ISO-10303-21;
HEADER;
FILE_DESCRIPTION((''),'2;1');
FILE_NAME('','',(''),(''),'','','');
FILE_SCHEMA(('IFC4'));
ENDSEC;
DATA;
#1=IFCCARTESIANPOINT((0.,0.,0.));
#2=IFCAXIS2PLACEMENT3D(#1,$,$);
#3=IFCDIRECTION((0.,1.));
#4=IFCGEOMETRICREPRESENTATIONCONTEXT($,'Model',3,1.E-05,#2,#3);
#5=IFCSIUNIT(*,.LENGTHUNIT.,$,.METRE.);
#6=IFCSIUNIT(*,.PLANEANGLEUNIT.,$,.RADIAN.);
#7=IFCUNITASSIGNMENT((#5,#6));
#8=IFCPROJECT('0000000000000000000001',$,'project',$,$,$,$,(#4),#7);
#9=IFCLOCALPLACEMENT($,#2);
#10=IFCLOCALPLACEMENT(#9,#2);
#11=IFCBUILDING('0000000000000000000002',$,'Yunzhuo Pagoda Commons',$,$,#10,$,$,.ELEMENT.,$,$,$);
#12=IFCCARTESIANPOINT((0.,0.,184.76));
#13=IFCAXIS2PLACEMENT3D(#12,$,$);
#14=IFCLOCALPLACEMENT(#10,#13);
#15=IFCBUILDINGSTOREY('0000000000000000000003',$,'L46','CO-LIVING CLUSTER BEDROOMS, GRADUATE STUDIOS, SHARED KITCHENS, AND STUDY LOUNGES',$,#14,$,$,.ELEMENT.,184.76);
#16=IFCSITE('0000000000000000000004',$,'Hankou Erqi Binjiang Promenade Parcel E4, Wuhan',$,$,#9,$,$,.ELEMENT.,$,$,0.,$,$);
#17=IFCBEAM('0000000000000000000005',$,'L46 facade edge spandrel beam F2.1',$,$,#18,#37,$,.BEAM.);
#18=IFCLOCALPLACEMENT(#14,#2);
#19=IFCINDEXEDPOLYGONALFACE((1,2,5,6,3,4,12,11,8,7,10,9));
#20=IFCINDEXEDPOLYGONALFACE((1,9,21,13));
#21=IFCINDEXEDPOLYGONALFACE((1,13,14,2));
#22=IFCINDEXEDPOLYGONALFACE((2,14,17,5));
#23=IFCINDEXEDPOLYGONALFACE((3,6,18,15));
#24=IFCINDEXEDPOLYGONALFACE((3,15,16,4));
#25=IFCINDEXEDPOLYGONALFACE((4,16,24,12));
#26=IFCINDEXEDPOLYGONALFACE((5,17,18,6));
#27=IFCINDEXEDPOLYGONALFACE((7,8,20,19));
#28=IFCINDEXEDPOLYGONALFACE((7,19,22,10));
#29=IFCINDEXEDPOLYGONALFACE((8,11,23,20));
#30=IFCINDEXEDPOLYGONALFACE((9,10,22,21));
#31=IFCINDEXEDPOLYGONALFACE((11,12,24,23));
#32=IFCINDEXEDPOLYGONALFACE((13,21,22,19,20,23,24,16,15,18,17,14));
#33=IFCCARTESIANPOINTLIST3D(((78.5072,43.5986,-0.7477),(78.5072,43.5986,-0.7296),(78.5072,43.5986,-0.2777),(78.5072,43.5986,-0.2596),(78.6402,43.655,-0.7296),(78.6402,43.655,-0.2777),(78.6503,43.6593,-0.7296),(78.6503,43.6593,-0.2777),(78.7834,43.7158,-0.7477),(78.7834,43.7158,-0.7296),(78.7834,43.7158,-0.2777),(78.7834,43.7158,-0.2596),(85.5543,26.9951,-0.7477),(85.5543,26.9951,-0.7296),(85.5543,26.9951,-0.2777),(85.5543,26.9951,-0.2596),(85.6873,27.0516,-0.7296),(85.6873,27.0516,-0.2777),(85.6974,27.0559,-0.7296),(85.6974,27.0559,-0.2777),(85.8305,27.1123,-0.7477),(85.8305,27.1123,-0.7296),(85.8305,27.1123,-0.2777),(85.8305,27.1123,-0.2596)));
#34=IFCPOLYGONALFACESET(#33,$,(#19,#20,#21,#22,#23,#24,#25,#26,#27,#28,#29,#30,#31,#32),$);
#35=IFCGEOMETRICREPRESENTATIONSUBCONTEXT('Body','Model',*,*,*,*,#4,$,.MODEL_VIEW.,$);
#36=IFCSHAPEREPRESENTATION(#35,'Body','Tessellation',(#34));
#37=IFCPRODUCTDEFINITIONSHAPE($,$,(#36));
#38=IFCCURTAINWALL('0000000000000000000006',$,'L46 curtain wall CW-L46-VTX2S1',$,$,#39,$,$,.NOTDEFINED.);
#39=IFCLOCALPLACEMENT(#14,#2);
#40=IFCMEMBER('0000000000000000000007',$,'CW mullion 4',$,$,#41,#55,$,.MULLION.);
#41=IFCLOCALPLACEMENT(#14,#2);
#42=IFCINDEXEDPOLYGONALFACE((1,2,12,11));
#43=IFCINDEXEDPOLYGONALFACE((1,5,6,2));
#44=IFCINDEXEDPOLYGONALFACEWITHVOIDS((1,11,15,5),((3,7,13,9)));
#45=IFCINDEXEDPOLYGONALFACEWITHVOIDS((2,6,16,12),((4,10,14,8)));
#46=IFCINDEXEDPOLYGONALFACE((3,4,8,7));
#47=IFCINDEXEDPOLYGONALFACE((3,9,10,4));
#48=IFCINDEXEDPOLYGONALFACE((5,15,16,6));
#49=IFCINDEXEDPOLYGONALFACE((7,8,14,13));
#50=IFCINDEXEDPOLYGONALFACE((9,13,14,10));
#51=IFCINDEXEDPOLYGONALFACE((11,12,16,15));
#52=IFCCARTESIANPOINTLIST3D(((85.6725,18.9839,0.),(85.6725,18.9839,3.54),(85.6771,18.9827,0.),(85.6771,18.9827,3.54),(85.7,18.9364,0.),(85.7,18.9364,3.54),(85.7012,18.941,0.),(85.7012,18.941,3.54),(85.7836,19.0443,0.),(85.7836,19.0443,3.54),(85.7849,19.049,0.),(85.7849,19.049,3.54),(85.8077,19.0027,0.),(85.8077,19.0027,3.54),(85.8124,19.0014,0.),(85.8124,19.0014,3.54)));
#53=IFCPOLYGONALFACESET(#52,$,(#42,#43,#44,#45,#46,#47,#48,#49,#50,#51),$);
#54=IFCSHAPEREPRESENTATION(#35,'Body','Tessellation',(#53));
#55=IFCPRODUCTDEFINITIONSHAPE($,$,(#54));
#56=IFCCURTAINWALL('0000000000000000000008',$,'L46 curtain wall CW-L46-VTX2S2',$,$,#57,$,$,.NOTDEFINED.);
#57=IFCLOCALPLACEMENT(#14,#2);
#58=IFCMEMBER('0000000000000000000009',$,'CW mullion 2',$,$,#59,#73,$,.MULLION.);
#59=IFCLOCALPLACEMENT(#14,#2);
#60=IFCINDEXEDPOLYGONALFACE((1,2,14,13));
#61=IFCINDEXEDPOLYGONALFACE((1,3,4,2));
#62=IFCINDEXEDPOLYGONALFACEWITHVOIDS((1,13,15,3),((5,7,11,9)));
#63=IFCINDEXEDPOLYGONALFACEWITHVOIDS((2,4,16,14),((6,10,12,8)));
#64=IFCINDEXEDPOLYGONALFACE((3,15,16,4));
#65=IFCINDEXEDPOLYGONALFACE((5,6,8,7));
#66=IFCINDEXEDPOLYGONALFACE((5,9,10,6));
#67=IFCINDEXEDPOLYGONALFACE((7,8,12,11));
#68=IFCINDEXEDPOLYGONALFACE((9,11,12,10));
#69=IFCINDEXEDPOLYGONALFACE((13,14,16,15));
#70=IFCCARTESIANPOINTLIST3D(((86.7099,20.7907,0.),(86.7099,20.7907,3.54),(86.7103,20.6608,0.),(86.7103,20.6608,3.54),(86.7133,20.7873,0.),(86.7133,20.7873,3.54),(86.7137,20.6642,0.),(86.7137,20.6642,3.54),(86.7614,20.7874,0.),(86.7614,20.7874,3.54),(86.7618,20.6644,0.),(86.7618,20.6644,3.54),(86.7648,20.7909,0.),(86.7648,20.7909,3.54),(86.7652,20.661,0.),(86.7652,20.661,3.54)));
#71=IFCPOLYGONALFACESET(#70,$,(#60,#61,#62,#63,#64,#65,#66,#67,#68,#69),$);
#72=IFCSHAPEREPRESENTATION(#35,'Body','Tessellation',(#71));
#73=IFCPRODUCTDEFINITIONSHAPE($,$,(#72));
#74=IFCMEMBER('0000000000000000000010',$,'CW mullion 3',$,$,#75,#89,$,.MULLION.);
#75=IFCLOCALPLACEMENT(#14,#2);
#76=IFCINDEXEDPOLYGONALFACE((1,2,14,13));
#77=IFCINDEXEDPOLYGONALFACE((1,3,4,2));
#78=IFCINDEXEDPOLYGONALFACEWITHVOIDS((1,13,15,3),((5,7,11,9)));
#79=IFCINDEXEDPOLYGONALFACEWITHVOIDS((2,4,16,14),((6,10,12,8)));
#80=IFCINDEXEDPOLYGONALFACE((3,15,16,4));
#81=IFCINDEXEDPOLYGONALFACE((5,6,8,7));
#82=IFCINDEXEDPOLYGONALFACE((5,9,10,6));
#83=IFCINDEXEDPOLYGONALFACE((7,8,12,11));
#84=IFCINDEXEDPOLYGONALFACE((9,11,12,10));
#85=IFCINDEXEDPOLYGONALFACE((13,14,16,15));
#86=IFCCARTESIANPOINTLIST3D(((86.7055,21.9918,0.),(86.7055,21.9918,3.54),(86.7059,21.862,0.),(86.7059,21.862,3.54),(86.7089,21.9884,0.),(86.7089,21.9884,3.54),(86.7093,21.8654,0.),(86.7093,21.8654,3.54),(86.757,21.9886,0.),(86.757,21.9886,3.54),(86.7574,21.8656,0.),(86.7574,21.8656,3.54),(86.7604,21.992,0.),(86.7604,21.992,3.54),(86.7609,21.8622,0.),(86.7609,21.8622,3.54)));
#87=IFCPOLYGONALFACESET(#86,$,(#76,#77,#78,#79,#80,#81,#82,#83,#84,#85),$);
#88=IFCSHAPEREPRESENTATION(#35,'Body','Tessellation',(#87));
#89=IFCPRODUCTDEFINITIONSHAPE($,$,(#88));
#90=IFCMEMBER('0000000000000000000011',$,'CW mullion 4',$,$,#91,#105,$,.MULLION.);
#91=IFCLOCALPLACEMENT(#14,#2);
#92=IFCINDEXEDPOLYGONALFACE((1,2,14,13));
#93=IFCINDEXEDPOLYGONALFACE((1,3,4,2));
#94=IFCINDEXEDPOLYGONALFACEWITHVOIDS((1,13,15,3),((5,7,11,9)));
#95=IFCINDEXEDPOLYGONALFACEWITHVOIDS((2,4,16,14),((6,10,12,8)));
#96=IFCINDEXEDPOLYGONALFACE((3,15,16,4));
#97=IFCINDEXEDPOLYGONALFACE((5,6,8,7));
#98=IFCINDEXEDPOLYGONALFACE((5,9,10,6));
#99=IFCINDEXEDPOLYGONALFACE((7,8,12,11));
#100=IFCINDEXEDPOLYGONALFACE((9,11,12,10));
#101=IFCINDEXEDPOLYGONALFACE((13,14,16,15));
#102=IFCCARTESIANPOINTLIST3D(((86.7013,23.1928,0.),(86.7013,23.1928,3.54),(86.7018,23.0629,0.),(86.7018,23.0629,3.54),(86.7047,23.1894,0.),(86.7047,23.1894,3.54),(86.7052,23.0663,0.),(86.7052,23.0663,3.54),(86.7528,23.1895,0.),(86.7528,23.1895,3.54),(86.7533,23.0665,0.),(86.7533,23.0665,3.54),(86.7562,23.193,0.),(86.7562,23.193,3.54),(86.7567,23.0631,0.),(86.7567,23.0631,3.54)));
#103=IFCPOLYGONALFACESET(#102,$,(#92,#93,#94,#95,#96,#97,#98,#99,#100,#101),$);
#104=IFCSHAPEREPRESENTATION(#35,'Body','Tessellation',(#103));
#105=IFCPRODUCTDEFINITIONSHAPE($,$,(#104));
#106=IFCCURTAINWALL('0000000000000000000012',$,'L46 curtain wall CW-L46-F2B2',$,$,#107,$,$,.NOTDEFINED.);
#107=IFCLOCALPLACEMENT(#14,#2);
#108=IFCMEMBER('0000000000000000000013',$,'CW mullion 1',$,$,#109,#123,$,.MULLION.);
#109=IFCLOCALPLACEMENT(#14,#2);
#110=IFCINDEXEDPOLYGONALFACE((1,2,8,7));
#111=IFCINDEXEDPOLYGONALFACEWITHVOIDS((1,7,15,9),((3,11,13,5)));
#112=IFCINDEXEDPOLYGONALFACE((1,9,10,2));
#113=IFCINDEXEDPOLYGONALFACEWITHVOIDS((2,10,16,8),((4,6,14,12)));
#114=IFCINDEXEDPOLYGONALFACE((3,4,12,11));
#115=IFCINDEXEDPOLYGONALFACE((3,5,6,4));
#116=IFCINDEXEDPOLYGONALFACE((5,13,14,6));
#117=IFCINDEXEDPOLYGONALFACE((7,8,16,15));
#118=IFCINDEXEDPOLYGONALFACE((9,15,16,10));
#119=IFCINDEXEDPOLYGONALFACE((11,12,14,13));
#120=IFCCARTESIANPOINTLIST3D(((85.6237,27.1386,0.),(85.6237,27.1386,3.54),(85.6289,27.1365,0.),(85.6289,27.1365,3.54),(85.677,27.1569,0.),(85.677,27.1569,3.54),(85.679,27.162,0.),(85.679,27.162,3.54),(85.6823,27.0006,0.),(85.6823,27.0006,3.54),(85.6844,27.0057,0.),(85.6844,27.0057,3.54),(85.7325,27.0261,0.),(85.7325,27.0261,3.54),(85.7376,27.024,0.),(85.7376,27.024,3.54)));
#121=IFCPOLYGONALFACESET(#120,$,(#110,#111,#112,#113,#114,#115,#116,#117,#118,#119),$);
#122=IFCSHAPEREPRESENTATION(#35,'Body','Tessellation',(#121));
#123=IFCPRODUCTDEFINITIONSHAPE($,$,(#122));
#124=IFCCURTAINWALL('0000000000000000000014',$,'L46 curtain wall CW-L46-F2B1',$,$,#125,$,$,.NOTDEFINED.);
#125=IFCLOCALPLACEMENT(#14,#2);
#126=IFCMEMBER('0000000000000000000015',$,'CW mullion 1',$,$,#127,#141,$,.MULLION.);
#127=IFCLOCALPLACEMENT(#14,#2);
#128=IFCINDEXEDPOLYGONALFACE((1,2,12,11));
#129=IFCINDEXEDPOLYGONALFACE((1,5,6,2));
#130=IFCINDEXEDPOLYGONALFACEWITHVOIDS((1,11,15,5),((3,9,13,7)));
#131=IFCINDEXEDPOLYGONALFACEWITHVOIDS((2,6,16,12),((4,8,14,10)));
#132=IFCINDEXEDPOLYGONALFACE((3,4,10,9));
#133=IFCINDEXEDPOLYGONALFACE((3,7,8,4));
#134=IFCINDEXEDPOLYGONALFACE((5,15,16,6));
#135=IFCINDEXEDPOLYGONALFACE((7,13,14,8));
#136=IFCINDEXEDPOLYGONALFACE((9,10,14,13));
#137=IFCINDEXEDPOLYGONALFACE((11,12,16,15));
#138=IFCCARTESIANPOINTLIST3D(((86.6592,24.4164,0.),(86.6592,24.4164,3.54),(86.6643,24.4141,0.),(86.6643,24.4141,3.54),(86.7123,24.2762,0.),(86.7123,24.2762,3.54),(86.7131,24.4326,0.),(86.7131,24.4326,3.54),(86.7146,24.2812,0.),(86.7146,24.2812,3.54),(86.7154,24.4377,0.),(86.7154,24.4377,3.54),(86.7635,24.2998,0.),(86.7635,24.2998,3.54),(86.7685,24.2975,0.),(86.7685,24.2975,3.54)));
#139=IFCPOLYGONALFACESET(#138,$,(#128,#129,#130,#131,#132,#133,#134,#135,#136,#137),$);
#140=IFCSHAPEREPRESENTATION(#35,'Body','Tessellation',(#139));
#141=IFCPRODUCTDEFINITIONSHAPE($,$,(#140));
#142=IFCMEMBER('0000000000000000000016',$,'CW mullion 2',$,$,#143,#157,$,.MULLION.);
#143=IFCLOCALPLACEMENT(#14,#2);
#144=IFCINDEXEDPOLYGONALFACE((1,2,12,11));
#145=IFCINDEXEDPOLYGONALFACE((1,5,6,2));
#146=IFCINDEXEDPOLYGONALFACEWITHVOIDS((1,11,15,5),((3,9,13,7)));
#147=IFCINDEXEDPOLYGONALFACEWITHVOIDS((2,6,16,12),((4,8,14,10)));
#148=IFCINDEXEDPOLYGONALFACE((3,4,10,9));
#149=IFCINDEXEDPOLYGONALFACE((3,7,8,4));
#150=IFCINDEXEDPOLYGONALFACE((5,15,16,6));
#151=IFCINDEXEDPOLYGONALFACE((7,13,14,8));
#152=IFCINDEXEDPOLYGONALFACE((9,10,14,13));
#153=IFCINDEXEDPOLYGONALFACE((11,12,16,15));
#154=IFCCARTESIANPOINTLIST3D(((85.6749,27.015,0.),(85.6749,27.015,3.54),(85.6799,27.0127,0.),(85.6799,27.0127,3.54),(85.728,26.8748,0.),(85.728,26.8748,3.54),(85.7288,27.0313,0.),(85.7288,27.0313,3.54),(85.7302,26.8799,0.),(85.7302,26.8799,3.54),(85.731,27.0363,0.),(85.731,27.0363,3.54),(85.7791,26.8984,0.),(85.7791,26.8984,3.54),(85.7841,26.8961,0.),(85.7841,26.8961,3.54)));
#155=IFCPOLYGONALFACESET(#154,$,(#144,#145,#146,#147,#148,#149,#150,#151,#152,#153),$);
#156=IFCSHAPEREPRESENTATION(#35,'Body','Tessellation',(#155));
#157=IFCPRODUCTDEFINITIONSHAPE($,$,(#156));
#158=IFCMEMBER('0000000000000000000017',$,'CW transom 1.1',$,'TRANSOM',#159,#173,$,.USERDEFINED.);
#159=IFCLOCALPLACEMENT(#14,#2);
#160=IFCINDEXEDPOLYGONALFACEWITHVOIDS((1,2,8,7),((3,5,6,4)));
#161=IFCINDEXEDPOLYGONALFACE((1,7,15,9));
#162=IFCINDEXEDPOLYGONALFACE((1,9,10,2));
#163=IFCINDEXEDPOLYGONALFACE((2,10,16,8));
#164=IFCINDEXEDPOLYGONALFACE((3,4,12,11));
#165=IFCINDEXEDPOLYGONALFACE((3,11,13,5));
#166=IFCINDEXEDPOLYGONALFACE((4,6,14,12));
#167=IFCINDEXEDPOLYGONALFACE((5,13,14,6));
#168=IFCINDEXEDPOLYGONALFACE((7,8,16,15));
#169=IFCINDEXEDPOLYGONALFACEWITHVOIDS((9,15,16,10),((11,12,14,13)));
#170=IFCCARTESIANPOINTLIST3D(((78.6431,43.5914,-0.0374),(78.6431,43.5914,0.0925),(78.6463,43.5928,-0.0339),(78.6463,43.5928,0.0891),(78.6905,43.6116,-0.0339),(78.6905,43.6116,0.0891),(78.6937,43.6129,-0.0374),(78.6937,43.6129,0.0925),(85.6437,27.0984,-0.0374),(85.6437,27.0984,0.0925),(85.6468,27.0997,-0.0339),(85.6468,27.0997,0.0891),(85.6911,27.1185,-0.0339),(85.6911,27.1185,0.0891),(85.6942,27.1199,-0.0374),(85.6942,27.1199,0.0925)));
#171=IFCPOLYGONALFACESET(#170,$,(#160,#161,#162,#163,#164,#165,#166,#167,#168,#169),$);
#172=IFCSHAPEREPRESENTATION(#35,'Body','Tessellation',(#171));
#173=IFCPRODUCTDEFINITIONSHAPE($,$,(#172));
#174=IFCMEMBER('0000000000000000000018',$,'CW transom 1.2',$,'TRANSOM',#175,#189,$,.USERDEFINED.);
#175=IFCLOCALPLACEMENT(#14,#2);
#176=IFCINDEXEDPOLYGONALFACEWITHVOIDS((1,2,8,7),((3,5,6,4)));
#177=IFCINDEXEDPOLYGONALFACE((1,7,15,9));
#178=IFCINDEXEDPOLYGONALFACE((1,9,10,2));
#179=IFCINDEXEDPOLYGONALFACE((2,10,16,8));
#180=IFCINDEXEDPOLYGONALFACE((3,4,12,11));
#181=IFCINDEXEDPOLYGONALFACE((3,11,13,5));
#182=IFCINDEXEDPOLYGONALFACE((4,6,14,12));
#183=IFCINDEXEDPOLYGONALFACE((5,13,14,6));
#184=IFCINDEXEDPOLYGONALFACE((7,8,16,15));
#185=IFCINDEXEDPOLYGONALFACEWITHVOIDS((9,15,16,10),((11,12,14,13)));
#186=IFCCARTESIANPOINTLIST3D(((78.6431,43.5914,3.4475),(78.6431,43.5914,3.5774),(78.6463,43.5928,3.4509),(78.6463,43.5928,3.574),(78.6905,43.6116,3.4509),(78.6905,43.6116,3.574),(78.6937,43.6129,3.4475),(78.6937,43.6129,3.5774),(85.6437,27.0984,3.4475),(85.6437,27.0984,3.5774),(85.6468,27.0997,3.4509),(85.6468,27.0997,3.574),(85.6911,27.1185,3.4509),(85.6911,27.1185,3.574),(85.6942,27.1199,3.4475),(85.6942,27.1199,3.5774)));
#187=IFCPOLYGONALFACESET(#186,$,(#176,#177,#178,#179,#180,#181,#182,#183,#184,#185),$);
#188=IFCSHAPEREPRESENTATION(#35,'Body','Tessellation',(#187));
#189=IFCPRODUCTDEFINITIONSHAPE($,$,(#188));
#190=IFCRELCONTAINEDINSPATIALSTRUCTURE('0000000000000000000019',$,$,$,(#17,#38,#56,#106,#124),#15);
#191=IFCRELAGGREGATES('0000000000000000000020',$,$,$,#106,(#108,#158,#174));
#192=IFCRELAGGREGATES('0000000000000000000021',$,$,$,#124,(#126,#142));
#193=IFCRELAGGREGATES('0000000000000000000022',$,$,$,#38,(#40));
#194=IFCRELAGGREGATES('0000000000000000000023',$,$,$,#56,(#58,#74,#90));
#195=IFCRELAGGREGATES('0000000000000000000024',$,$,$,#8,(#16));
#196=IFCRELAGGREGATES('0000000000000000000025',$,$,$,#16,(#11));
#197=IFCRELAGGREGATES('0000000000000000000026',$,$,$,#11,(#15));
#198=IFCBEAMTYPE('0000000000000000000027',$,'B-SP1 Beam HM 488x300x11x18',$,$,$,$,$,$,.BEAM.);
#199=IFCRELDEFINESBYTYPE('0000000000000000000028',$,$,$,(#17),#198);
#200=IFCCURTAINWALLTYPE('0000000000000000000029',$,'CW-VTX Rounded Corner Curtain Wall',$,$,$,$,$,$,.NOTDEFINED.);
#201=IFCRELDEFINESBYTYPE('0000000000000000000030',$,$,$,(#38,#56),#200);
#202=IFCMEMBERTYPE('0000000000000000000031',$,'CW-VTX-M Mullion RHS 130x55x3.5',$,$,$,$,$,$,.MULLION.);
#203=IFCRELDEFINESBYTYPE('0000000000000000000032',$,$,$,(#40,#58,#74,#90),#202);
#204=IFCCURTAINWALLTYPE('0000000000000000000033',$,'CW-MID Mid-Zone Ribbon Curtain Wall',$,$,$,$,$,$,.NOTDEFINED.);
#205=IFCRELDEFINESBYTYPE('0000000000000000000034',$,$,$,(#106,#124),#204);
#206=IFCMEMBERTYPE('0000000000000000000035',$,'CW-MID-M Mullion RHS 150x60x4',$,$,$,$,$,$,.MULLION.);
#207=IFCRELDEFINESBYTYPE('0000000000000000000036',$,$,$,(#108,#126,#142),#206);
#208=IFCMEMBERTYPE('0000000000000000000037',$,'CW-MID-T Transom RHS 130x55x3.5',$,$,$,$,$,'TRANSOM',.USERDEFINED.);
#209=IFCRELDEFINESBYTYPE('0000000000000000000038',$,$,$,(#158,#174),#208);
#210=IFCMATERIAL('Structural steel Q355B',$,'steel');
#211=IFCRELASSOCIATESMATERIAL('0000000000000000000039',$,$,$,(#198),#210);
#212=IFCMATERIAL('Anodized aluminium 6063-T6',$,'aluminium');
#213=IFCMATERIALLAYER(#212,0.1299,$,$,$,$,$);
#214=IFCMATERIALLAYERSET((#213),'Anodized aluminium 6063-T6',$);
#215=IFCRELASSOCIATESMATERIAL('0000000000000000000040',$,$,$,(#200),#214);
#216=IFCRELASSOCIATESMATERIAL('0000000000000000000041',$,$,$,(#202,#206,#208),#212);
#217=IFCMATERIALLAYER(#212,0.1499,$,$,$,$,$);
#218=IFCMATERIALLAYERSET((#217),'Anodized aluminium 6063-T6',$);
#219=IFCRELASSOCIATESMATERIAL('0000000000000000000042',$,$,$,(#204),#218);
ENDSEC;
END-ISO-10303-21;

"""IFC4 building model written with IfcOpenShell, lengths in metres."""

from ifc_helpers import new_model, si_unit, direction, frame, origin, origin_2d, place, context, subcontext, project, spatial, hollow_rectangle, i_section, extrude, source, transform, mapped, material, layer, layer_set, material_profile, profile_set, type_object, element, aggregate, save


model = new_model("IFC4")

# Units and contexts
model_context = context("Model", 3, precision=1e-05, world=origin(), true_north=direction((0.0, 1.0)))
body_context = subcontext(model_context, "Body", "Model", "MODEL_VIEW")
ifc_project = project(units=[si_unit("LENGTHUNIT", "METRE"), si_unit("PLANEANGLEUNIT", "RADIAN")], contexts=[model_context])

# Site, building, storey
site_placement = place(None, origin())
site = spatial("IfcSite", under=ifc_project, at=site_placement, Name="Hankou Erqi Binjiang Promenade Parcel E4, Wuhan", CompositionType="ELEMENT", RefElevation=0.0)
building_placement = place(site_placement, origin())
building = spatial("IfcBuilding", under=site, at=building_placement, Name="Yunzhuo Pagoda Commons", CompositionType="ELEMENT")
storey_placement = place(building_placement, frame((0.0, 0.0, 184.76)))
storey = spatial("IfcBuildingStorey", under=building, at=storey_placement, Name="L46", Description="CO-LIVING CLUSTER BEDROOMS, GRADUATE STUDIOS, SHARED KITCHENS, AND STUDY LOUNGES", CompositionType="ELEMENT", Elevation=184.76)

# Beam
ifc_material_1 = material(Name="Structural steel Q355B", Category="steel")
ifc_material_profile_1 = material_profile(ifc_material_1, i_section(OverallWidth=0.3, OverallDepth=0.488, WebThickness=0.011, FlangeThickness=0.0181, at=origin_2d()), Name="Structural steel Q355B")
ifc_profile_set_1 = profile_set([ifc_material_profile_1], Name="Structural steel Q355B")
beam_type = type_object("IfcBeamType", Name="B-SP1 Beam HM 488x300x11x18", PredefinedType="BEAM", material=ifc_profile_set_1)
shared_shape_1 = source(origin(), body_context, "Body", "SweptSolid", [
    extrude(i_section(OverallWidth=0.3, OverallDepth=0.488, WebThickness=0.011, FlangeThickness=0.0181, at=origin_2d()), origin(), (0.0, 0.0, 1.0), 18.0371),
])
beam_placement = place(storey_placement, frame((85.6924, 27.0537, -0.5037), z_axis=(-0.3907, 0.920518, 0.0), x_axis=(-0.920518, -0.3907, 0.0)))
element("IfcBeam", 1, at=beam_placement, inside=storey, type_object=beam_type, Name="L46 facade edge spandrel beam F2.1", PredefinedType="BEAM", context=body_context, shape_type="MappedRepresentation", body=[
    mapped(shared_shape_1, transform((0.0, 0.0, 0.0), scale=1.0)),
])

# Curtain wall, member
ifc_material_2 = material(Name="Anodized aluminium 6063-T6", Category="aluminium")
ifc_layer_1 = layer(ifc_material_2, 0.1299)
ifc_layer_set_1 = layer_set([ifc_layer_1], Name="Anodized aluminium 6063-T6")
curtain_wall_type_1 = type_object("IfcCurtainWallType", Name="CW-VTX Rounded Corner Curtain Wall", PredefinedType="NOTDEFINED", material=ifc_layer_set_1)
curtain_wall_1_placement = place(storey_placement, origin())
curtain_wall_1 = element("IfcCurtainWall", 2, at=curtain_wall_1_placement, inside=storey, type_object=curtain_wall_type_1, Name="L46 curtain wall CW-L46-VTX2S1", PredefinedType="NOTDEFINED")
ifc_material_profile_2 = material_profile(ifc_material_2, hollow_rectangle(XDim=0.0549, YDim=0.1299, WallThickness=0.0034, at=origin_2d()), Name="Anodized aluminium 6063-T6")
ifc_profile_set_2 = profile_set([ifc_material_profile_2], Name="Anodized aluminium 6063-T6")
member_type_1 = type_object("IfcMemberType", Name="CW-VTX-M Mullion RHS 130x55x3.5", PredefinedType="MULLION", material=ifc_profile_set_2)
shared_shape_2 = source(origin(), body_context, "Body", "SweptSolid", [
    extrude(hollow_rectangle(XDim=0.0549, YDim=0.1299, WallThickness=0.0034, at=origin_2d()), origin(), (0.0, 0.0, 1.0), 3.54),
])
member_1_placement = place(storey_placement, frame((85.7424, 18.9927, 0.0), z_axis=(0.0, 0.0, 1.0), x_axis=(-0.50104, 0.865424, 0.0)))
member_1 = element("IfcMember", 3, at=member_1_placement, type_object=member_type_1, Name="CW mullion 4", PredefinedType="MULLION", context=body_context, shape_type="MappedRepresentation", body=[
    mapped(shared_shape_2, transform((0.0, 0.0, 0.0), scale=1.0)),
])

# Curtain wall, members
curtain_wall_2_placement = place(storey_placement, origin())
curtain_wall_2 = element("IfcCurtainWall", 4, at=curtain_wall_2_placement, inside=storey, type_object=curtain_wall_type_1, Name="L46 curtain wall CW-L46-VTX2S2", PredefinedType="NOTDEFINED")
member_2_placement = place(storey_placement, frame((86.7375, 20.7258, 0.0), z_axis=(0.0, 0.0, 1.0), x_axis=(-0.999994, -0.00358, 0.0)))
member_2 = element("IfcMember", 5, at=member_2_placement, type_object=member_type_1, Name="CW mullion 2", PredefinedType="MULLION", context=body_context, shape_type="MappedRepresentation", body=[
    mapped(shared_shape_2, transform((0.0, 0.0, 0.0), scale=1.0)),
])
member_3_placement = place(storey_placement, frame((86.7332, 21.927, 0.0), z_axis=(0.0, 0.0, 1.0), x_axis=(-0.999994, -0.00358, 0.0)))
member_3 = element("IfcMember", 6, at=member_3_placement, type_object=member_type_1, Name="CW mullion 3", PredefinedType="MULLION", context=body_context, shape_type="MappedRepresentation", body=[
    mapped(shared_shape_2, transform((0.0, 0.0, 0.0), scale=1.0)),
])
member_4_placement = place(storey_placement, frame((86.729, 23.1279, 0.0), z_axis=(0.0, 0.0, 1.0), x_axis=(-0.999994, -0.00358, 0.0)))
member_4 = element("IfcMember", 7, at=member_4_placement, type_object=member_type_1, Name="CW mullion 4", PredefinedType="MULLION", context=body_context, shape_type="MappedRepresentation", body=[
    mapped(shared_shape_2, transform((0.0, 0.0, 0.0), scale=1.0)),
])

# Curtain wall, member
ifc_layer_2 = layer(ifc_material_2, 0.1499)
ifc_layer_set_2 = layer_set([ifc_layer_2], Name="Anodized aluminium 6063-T6")
curtain_wall_type_2 = type_object("IfcCurtainWallType", Name="CW-MID Mid-Zone Ribbon Curtain Wall", PredefinedType="NOTDEFINED", material=ifc_layer_set_2)
curtain_wall_3_placement = place(storey_placement, origin())
curtain_wall_3 = element("IfcCurtainWall", 8, at=curtain_wall_3_placement, inside=storey, type_object=curtain_wall_type_2, Name="L46 curtain wall CW-L46-F2B2", PredefinedType="NOTDEFINED")
ifc_material_profile_3 = material_profile(ifc_material_2, hollow_rectangle(XDim=0.0601, YDim=0.1499, WallThickness=0.0039, at=origin_2d()), Name="Anodized aluminium 6063-T6")
ifc_profile_set_3 = profile_set([ifc_material_profile_3], Name="Anodized aluminium 6063-T6")
member_type_2 = type_object("IfcMemberType", Name="CW-MID-M Mullion RHS 150x60x4", PredefinedType="MULLION", material=ifc_profile_set_3)
shared_shape_3 = source(origin(), body_context, "Body", "SweptSolid", [
    extrude(hollow_rectangle(XDim=0.0601, YDim=0.1499, WallThickness=0.0039, at=origin_2d()), origin(), (0.0, 0.0, 1.0), 3.54),
])
member_5_placement = place(storey_placement, frame((85.6807, 27.0813, 0.0), z_axis=(0.0, 0.0, 1.0), x_axis=(-0.920515, -0.390706, 0.0)))
member_5 = element("IfcMember", 9, at=member_5_placement, type_object=member_type_2, Name="CW mullion 1", PredefinedType="MULLION", context=body_context, shape_type="MappedRepresentation", body=[
    mapped(shared_shape_3, transform((0.0, 0.0, 0.0), scale=1.0)),
])

# Curtain wall, members
curtain_wall_4_placement = place(storey_placement, origin())
curtain_wall_4 = element("IfcCurtainWall", 10, at=curtain_wall_4_placement, inside=storey, type_object=curtain_wall_type_2, Name="L46 curtain wall CW-L46-F2B1", PredefinedType="NOTDEFINED")
member_6_placement = place(storey_placement, frame((86.7139, 24.3569, 0.0), z_axis=(0.0, 0.0, 1.0), x_axis=(-0.935148, -0.354256, 0.0)))
member_6 = element("IfcMember", 11, at=member_6_placement, type_object=member_type_2, Name="CW mullion 1", PredefinedType="MULLION", context=body_context, shape_type="MappedRepresentation", body=[
    mapped(shared_shape_3, transform((0.0, 0.0, 0.0), scale=1.0)),
])
member_7_placement = place(storey_placement, frame((85.7295, 26.9556, 0.0), z_axis=(0.0, 0.0, 1.0), x_axis=(-0.935148, -0.354256, 0.0)))
member_7 = element("IfcMember", 12, at=member_7_placement, type_object=member_type_2, Name="CW mullion 2", PredefinedType="MULLION", context=body_context, shape_type="MappedRepresentation", body=[
    mapped(shared_shape_3, transform((0.0, 0.0, 0.0), scale=1.0)),
])

# Members
ifc_material_profile_4 = material_profile(ifc_material_2, hollow_rectangle(XDim=0.0549, YDim=0.1299, WallThickness=0.0034, at=origin_2d()), Name="Anodized aluminium 6063-T6")
ifc_profile_set_4 = profile_set([ifc_material_profile_4], Name="Anodized aluminium 6063-T6")
member_type_3 = type_object("IfcMemberType", Name="CW-MID-T Transom RHS 130x55x3.5", ElementType="TRANSOM", PredefinedType="USERDEFINED", material=ifc_profile_set_4)
shared_shape_4 = source(origin(), body_context, "Body", "SweptSolid", [
    extrude(hollow_rectangle(XDim=0.0549, YDim=0.1299, WallThickness=0.0034, at=origin_2d()), origin(), (0.0, 0.0, 1.0), 17.9172),
])
member_8_placement = place(storey_placement, frame((85.6689, 27.1091, 0.0276), z_axis=(-0.390715, 0.920512, 0.0), x_axis=(-0.920512, -0.390715, 0.0)))
member_8 = element("IfcMember", 13, at=member_8_placement, type_object=member_type_3, Name="CW transom 1.1", ObjectType="TRANSOM", PredefinedType="USERDEFINED", context=body_context, shape_type="MappedRepresentation", body=[
    mapped(shared_shape_4, transform((0.0, 0.0, 0.0), scale=1.0)),
])
member_9_placement = place(storey_placement, frame((85.6689, 27.1091, 3.5125), z_axis=(-0.390715, 0.920512, 0.0), x_axis=(-0.920512, -0.390715, 0.0)))
member_9 = element("IfcMember", 14, at=member_9_placement, type_object=member_type_3, Name="CW transom 1.2", ObjectType="TRANSOM", PredefinedType="USERDEFINED", context=body_context, shape_type="MappedRepresentation", body=[
    mapped(shared_shape_4, transform((0.0, 0.0, 0.0), scale=1.0)),
])
aggregate(curtain_wall_3, [member_5, member_8, member_9])

aggregate(curtain_wall_4, [member_6, member_7])
aggregate(curtain_wall_1, [member_1])
aggregate(curtain_wall_2, [member_2, member_3, member_4])

save(model, "model.ifc")
